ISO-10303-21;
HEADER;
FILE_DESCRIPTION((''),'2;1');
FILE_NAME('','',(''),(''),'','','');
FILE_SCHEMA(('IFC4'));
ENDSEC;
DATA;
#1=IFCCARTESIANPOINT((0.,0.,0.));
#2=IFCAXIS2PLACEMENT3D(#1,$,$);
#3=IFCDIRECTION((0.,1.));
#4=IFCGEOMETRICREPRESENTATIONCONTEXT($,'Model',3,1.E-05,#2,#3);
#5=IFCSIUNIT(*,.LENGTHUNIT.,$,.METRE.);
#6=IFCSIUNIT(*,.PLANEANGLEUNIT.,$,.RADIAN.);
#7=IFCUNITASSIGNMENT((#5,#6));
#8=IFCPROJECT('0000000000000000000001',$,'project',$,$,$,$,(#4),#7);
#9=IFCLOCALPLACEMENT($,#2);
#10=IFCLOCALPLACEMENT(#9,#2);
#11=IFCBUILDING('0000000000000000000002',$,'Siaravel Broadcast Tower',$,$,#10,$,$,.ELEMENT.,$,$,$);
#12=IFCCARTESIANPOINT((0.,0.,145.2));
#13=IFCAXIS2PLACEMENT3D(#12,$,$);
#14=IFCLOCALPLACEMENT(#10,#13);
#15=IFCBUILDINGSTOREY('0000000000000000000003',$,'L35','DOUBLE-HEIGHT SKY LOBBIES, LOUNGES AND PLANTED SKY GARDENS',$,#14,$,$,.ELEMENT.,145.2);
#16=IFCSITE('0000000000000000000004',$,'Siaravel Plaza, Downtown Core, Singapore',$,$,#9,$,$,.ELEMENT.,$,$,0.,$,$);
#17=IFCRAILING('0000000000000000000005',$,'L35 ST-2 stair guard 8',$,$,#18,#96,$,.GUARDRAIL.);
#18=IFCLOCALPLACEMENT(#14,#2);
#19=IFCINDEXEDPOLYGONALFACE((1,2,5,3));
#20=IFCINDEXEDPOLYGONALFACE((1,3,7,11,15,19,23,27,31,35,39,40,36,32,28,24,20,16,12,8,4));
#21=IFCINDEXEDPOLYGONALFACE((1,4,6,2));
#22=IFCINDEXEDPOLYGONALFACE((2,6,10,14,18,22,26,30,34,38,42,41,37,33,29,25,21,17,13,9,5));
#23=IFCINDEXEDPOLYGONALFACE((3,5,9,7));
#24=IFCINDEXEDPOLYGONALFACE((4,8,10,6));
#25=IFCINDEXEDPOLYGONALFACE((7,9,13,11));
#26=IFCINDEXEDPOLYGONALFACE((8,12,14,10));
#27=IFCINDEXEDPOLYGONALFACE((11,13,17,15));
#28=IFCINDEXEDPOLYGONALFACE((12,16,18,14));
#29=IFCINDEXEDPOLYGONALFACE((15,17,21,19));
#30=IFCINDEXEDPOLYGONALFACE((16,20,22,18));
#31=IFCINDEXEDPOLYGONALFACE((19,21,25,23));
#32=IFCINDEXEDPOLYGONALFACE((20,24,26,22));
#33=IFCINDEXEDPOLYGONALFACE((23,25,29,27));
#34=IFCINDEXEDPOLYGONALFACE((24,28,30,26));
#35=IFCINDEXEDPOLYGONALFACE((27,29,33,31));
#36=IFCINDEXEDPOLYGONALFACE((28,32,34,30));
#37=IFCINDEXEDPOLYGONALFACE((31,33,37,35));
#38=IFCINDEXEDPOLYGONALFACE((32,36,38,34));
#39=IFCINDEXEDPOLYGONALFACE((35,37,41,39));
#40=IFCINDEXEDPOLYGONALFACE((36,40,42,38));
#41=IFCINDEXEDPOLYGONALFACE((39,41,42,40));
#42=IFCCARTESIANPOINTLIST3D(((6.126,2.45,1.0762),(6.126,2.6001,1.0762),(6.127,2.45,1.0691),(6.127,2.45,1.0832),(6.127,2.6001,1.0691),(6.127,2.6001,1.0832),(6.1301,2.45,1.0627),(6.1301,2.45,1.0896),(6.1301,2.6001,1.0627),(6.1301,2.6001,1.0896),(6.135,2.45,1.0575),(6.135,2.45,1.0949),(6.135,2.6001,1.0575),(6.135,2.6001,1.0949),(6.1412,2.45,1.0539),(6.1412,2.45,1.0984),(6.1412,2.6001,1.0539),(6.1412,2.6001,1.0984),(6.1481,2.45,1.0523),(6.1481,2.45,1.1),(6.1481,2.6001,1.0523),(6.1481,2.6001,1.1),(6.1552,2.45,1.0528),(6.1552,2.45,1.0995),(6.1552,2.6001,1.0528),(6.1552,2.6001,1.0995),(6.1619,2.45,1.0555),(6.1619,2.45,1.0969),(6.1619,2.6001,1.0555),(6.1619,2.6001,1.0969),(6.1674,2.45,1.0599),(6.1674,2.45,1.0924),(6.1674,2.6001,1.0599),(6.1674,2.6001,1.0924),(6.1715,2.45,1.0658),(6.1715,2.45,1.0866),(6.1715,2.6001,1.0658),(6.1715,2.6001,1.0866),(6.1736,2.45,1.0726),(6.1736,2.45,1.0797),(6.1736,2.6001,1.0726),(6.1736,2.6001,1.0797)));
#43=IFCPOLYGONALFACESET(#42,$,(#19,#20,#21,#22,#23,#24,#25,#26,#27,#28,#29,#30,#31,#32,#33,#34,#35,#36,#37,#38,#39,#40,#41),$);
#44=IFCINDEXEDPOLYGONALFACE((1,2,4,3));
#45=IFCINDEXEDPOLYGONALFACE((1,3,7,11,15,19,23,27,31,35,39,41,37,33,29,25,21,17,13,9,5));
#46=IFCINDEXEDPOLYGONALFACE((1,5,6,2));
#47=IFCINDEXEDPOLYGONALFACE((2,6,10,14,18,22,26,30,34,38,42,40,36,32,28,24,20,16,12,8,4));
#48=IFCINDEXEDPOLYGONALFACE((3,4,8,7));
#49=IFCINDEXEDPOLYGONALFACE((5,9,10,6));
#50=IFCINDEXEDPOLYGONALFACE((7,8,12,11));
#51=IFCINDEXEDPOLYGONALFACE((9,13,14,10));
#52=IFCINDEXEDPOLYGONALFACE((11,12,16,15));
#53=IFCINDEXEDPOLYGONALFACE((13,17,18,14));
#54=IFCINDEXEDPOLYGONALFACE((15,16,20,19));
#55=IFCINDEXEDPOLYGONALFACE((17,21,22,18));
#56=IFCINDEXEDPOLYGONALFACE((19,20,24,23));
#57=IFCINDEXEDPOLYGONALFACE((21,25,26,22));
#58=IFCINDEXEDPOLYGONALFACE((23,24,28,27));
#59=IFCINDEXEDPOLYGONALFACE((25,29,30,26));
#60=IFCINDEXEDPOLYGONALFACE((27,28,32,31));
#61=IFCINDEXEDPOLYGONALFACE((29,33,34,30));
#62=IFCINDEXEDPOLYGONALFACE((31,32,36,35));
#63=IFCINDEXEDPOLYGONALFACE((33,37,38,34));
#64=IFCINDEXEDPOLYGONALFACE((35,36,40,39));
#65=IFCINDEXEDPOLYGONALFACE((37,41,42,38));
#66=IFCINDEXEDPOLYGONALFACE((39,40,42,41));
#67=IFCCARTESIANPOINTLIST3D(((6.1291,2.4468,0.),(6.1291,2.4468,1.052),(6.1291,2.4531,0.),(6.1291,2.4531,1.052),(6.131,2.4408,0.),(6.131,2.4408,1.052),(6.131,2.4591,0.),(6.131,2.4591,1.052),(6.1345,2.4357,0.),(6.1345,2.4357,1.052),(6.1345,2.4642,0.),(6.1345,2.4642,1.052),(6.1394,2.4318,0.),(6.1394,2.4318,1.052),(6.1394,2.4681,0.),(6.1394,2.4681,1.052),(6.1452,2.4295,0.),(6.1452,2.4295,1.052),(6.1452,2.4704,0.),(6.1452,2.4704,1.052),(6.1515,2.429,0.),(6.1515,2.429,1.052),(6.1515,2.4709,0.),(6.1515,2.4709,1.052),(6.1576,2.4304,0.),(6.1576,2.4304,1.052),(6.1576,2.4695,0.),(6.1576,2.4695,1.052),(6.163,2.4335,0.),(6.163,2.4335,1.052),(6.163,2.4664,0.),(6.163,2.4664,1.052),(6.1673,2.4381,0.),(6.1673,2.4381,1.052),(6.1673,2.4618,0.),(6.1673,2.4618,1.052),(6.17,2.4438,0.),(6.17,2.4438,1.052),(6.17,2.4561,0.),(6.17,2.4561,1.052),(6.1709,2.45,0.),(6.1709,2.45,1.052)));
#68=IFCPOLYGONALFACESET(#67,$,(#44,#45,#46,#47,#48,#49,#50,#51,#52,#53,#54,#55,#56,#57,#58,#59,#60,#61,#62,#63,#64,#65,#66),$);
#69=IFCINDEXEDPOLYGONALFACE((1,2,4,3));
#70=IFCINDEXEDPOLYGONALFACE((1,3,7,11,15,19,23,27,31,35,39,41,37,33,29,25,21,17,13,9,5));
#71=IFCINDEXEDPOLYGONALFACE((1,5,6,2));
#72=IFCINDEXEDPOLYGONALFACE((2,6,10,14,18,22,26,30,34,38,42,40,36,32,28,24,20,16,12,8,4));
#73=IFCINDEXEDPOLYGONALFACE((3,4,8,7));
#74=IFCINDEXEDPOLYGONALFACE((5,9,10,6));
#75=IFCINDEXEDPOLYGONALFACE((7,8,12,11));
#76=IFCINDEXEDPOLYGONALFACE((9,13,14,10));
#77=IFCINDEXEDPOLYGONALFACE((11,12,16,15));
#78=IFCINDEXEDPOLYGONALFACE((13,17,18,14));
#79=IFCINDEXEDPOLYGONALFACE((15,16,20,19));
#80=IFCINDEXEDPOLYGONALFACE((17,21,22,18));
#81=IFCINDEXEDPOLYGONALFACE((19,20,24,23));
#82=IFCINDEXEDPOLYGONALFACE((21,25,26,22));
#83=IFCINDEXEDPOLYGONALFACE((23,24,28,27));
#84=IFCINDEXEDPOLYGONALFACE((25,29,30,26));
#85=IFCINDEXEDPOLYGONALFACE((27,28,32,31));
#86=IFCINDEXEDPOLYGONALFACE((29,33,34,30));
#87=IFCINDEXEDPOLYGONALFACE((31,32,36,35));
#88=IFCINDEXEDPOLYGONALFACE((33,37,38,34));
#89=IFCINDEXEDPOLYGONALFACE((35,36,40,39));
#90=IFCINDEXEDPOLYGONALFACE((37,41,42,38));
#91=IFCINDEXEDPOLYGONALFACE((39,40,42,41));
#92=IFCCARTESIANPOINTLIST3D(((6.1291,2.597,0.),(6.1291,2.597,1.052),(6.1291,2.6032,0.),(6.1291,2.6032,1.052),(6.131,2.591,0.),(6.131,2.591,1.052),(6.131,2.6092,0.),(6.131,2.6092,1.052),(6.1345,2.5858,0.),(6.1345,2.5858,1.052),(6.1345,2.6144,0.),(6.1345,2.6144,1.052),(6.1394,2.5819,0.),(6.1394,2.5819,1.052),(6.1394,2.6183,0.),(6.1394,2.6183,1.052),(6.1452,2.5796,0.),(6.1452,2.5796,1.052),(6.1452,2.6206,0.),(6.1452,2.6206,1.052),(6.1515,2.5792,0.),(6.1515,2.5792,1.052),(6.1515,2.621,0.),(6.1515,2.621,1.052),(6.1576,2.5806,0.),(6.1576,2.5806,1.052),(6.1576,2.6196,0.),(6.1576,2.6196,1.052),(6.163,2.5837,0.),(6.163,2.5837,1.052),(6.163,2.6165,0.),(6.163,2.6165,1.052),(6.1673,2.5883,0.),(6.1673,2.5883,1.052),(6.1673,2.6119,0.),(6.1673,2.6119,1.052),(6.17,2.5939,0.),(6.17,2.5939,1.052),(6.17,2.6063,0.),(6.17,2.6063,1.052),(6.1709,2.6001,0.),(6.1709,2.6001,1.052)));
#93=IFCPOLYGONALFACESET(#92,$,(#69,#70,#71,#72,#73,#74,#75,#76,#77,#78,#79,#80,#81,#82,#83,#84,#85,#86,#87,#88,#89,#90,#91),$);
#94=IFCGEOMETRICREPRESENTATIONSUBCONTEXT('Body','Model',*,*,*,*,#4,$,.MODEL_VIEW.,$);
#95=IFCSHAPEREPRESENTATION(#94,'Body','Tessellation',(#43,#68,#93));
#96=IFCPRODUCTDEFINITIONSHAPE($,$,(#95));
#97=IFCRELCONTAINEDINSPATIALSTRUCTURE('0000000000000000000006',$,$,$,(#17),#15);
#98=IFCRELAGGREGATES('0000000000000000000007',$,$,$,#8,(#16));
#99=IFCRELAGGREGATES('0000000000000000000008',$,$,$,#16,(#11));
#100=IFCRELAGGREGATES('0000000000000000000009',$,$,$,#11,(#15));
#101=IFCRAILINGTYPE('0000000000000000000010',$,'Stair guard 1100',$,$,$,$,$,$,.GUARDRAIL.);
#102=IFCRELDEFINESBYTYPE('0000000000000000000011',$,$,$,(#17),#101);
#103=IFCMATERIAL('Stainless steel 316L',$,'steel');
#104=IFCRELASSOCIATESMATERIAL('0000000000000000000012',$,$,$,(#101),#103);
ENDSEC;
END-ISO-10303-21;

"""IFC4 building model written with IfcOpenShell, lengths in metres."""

from ifc_helpers import new_model, si_unit, direction, frame, origin, origin_2d, place, context, subcontext, project, spatial, circle, extrude, material, type_object, element, save


model = new_model("IFC4")

# Units and contexts
model_context = context("Model", 3, precision=1e-05, world=origin(), true_north=direction((0.0, 1.0)))
body_context = subcontext(model_context, "Body", "Model", "MODEL_VIEW")
ifc_project = project(units=[si_unit("LENGTHUNIT", "METRE"), si_unit("PLANEANGLEUNIT", "RADIAN")], contexts=[model_context])

# Site, building, storey
site_placement = place(None, origin())
site = spatial("IfcSite", under=ifc_project, at=site_placement, Name="Siaravel Plaza, Downtown Core, Singapore", CompositionType="ELEMENT", RefElevation=0.0)
building_placement = place(site_placement, origin())
building = spatial("IfcBuilding", under=site, at=building_placement, Name="Siaravel Broadcast Tower", CompositionType="ELEMENT")
storey_placement = place(building_placement, frame((0.0, 0.0, 145.2)))
storey = spatial("IfcBuildingStorey", under=building, at=storey_placement, Name="L35", Description="DOUBLE-HEIGHT SKY LOBBIES, LOUNGES AND PLANTED SKY GARDENS", CompositionType="ELEMENT", Elevation=145.2)

# Railing
ifc_material_1 = material(Name="Stainless steel 316L", Category="steel")
railing_type_1 = type_object("IfcRailingType", Name="Stair guard 1100", PredefinedType="GUARDRAIL", material=ifc_material_1)
railing_1_placement = place(storey_placement, frame((6.1499, 2.45, 0.0)))
element("IfcRailing", 1, at=railing_1_placement, inside=storey, type_object=railing_type_1, Name="L35 ST-2 stair guard 8", PredefinedType="GUARDRAIL", context=body_context, shape_type="SweptSolid", body=[
    extrude(circle(Radius=0.0239, at=origin_2d()), frame((0.0, 0.0, 1.0762), z_axis=(0.0, 1.0, 0.0), x_axis=(-1.0, 0.0, 0.0)), (0.0, 0.0, 1.0), 0.1501),
    extrude(circle(Radius=0.021, at=origin_2d()), origin(), (0.0, 0.0, 1.0), 1.052),
    extrude(circle(Radius=0.021, at=origin_2d()), frame((0.0, 0.1501, 0.0)), (0.0, 0.0, 1.0), 1.052),
])

save(model, "model.ifc")
